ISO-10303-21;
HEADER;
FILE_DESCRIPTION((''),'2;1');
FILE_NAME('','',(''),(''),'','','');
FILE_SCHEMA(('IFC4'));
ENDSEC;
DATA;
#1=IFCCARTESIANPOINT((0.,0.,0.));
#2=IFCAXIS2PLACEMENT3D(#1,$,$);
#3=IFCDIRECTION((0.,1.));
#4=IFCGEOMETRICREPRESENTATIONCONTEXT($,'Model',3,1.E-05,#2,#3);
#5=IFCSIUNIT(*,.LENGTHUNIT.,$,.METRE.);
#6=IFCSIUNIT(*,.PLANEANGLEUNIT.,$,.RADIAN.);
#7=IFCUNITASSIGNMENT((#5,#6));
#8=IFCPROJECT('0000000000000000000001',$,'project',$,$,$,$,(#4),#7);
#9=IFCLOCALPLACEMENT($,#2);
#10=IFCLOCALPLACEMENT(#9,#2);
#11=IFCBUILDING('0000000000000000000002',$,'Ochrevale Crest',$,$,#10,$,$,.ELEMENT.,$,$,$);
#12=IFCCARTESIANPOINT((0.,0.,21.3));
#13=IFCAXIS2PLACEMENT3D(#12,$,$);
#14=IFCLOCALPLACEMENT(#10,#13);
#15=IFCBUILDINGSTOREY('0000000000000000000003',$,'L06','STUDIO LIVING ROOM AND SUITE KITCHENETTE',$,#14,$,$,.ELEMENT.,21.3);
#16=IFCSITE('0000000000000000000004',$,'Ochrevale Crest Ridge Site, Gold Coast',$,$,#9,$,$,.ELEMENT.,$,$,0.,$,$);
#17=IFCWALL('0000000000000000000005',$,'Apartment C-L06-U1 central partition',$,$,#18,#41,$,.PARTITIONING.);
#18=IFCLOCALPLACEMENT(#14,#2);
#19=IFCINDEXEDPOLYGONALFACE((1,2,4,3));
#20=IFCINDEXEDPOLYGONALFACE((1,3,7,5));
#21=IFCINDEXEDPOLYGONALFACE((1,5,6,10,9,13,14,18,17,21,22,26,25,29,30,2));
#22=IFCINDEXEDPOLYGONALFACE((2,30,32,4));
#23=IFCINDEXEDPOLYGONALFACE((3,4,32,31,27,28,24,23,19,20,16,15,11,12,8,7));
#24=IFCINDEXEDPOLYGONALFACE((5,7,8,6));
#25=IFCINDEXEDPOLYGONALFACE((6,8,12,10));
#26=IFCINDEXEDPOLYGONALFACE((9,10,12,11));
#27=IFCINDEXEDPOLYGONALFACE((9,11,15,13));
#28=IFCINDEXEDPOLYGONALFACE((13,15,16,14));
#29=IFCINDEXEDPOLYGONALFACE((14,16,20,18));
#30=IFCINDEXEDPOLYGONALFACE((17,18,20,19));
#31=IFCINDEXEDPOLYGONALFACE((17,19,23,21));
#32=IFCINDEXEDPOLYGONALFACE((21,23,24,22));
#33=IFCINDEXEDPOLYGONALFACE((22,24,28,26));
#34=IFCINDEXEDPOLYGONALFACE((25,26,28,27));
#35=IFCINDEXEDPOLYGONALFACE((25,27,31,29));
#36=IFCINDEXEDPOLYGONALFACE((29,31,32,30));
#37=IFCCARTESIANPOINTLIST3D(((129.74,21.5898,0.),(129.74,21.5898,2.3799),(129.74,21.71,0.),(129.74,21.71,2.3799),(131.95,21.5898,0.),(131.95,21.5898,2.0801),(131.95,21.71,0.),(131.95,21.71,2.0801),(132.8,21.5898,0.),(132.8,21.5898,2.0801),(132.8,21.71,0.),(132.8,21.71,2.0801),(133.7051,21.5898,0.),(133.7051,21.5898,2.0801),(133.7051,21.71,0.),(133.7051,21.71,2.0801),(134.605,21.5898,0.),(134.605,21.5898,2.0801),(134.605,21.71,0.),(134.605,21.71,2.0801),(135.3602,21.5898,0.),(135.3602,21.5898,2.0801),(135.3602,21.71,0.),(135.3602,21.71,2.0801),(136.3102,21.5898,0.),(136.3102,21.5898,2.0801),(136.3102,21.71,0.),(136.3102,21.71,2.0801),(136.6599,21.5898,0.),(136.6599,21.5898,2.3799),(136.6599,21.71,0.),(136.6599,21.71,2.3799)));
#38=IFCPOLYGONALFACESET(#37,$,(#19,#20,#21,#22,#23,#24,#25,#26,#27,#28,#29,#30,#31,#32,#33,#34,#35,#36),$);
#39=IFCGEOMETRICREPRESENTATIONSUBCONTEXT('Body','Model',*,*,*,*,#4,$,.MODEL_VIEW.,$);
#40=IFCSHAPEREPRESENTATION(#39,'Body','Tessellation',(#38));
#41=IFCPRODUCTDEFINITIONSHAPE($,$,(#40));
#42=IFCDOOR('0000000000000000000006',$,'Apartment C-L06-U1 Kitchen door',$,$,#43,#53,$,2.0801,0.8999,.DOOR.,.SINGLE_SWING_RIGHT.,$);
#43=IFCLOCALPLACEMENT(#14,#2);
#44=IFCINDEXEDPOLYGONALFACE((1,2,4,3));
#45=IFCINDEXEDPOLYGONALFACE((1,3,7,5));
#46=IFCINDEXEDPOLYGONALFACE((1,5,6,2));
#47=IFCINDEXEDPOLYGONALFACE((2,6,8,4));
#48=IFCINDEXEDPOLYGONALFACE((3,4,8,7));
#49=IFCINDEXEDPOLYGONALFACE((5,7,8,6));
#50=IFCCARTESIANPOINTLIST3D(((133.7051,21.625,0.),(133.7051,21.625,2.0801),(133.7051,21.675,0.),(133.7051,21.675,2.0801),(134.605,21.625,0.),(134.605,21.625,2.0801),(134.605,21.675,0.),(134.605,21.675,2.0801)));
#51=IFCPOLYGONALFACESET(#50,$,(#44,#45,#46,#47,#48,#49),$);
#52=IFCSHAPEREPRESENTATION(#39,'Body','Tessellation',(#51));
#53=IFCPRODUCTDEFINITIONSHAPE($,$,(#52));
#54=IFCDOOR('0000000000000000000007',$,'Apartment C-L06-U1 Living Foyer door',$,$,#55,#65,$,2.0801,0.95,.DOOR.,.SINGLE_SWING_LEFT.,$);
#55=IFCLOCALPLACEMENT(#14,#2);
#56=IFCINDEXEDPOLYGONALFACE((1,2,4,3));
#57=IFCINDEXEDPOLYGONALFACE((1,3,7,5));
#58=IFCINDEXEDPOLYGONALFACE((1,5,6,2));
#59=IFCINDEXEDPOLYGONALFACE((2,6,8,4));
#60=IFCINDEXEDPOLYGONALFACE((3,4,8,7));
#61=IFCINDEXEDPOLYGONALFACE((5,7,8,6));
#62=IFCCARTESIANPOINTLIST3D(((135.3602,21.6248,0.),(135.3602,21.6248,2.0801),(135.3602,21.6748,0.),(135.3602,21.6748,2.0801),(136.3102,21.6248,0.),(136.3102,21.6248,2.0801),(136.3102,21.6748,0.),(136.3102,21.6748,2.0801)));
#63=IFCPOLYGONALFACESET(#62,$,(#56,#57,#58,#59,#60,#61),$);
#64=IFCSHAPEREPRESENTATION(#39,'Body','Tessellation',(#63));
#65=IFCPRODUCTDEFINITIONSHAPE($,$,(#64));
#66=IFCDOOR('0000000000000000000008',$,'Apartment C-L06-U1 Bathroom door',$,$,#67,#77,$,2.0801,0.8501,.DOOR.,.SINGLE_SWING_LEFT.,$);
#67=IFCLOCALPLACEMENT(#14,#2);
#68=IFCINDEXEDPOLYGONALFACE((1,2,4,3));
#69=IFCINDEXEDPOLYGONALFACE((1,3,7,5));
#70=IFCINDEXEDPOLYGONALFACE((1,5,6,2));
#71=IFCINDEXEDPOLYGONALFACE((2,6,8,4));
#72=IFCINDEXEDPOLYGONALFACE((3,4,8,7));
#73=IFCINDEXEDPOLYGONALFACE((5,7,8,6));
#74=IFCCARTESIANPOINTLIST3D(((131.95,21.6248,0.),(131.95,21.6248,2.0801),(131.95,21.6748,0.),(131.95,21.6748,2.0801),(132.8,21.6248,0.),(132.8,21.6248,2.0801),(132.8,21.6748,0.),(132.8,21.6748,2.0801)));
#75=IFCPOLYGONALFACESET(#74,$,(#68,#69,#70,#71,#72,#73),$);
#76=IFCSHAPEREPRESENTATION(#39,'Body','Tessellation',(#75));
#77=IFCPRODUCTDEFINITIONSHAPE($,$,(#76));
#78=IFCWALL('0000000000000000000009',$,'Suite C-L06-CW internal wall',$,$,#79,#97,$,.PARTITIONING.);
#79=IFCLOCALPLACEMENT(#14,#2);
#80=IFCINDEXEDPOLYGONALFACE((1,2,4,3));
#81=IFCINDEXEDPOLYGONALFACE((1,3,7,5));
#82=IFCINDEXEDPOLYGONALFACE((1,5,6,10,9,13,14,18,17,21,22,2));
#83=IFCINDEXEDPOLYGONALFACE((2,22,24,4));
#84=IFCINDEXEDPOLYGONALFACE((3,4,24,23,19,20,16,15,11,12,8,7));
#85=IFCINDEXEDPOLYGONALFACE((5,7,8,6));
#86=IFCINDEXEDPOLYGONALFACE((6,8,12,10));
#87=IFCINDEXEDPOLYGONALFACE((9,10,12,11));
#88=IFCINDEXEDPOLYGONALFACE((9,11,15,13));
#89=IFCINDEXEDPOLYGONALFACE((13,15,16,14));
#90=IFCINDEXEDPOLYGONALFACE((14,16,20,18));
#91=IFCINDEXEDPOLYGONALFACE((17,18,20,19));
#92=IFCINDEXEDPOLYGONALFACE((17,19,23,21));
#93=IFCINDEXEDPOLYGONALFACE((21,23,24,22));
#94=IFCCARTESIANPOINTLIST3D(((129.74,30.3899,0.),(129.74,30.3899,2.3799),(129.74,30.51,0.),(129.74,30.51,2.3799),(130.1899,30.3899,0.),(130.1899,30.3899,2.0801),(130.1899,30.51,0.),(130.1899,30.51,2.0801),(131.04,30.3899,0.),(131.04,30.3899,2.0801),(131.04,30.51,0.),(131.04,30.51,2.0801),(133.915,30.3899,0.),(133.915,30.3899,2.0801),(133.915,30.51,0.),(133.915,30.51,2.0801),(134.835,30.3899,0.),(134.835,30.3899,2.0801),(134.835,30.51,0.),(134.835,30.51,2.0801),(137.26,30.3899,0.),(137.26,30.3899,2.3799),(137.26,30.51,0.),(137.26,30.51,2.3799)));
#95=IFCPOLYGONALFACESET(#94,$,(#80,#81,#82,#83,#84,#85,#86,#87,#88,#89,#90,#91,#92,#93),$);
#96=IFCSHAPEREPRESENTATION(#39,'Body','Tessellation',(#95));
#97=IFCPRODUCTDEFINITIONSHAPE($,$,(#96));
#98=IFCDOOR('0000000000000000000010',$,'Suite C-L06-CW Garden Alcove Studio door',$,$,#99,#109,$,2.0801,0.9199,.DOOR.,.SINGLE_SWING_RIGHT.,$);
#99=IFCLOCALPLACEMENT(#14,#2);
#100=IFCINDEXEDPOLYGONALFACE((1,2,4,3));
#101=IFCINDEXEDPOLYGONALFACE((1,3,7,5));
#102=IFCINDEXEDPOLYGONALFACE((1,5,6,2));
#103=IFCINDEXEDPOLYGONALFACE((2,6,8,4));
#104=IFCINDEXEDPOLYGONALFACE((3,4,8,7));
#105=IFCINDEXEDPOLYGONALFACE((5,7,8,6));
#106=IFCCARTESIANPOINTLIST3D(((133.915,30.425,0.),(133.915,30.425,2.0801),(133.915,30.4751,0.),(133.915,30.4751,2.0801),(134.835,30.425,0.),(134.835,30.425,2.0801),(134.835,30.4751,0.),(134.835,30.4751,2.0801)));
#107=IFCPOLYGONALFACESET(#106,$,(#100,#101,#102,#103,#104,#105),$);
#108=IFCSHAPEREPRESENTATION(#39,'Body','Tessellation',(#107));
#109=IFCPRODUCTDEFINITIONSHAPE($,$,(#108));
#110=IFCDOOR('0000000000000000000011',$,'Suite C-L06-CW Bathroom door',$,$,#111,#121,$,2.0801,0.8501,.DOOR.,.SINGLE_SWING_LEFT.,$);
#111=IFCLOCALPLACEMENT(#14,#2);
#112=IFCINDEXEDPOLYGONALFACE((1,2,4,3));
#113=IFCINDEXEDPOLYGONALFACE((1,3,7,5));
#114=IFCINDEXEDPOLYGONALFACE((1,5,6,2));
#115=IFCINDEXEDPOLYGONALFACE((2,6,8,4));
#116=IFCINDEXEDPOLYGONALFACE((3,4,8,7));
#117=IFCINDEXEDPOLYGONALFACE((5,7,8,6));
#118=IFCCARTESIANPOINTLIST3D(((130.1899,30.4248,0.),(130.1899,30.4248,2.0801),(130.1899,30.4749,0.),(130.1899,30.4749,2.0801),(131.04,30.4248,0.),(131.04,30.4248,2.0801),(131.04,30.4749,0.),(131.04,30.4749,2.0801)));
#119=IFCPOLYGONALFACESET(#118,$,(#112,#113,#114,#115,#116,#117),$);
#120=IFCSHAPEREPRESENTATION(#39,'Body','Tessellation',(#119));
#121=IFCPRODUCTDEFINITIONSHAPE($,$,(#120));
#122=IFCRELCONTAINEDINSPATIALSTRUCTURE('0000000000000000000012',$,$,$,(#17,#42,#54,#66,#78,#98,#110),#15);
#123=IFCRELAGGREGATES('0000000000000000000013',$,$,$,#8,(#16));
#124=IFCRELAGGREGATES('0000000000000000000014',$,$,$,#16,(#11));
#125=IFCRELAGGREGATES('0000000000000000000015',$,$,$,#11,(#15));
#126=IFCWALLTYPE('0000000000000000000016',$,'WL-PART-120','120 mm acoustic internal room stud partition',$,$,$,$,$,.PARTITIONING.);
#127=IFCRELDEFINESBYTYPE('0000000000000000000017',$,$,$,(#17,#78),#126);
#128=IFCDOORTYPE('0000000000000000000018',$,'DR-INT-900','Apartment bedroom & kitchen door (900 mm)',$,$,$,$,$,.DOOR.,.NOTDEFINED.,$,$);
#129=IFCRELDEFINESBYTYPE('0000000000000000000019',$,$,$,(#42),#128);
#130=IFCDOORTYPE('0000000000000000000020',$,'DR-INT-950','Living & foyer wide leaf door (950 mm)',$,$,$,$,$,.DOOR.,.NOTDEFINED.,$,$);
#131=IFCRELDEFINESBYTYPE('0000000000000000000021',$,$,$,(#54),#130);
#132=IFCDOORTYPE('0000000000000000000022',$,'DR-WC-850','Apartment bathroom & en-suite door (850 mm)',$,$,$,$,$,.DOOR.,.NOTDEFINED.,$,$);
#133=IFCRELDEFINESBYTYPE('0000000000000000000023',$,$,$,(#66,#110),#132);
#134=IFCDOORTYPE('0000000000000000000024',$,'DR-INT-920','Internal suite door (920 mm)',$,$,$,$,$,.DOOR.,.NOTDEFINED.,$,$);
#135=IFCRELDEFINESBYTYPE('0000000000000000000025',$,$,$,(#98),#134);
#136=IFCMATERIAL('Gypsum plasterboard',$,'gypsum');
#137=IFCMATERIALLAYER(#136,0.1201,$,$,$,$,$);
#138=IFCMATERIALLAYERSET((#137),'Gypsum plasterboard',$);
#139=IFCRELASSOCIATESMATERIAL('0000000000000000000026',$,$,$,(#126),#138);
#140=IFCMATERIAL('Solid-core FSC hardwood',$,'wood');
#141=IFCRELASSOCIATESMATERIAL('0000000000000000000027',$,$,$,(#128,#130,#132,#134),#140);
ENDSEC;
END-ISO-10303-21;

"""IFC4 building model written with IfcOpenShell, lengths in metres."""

from ifc_helpers import new_model, si_unit, direction, frame, frame_2d, origin, place, context, subcontext, project, spatial, rectangle, extrude, material, layer, layer_set, type_object, element, fill, save


model = new_model("IFC4")

# Units and contexts
model_context = context("Model", 3, precision=1e-05, world=origin(), true_north=direction((0.0, 1.0)))
body_context = subcontext(model_context, "Body", "Model", "MODEL_VIEW")
ifc_project = project(units=[si_unit("LENGTHUNIT", "METRE"), si_unit("PLANEANGLEUNIT", "RADIAN")], contexts=[model_context])

# Site, building, storey
site_placement = place(None, origin())
site = spatial("IfcSite", under=ifc_project, at=site_placement, Name="Ochrevale Crest Ridge Site, Gold Coast", CompositionType="ELEMENT", RefElevation=0.0)
building_placement = place(site_placement, origin())
building = spatial("IfcBuilding", under=site, at=building_placement, Name="Ochrevale Crest", CompositionType="ELEMENT")
storey_placement = place(building_placement, frame((0.0, 0.0, 21.3)))
storey = spatial("IfcBuildingStorey", under=building, at=storey_placement, Name="L06", Description="STUDIO LIVING ROOM AND SUITE KITCHENETTE", CompositionType="ELEMENT", Elevation=21.3)

# Shared definitions
ifc_material_1 = material(Name="Gypsum plasterboard", Category="gypsum")
ifc_material_2 = material(Name="Solid-core FSC hardwood", Category="wood")

# Walls, openings, doors
ifc_layer_1 = layer(ifc_material_1, 0.1201)
ifc_layer_set_1 = layer_set([ifc_layer_1], Name="Gypsum plasterboard")
wall_type_1 = type_object("IfcWallType", Name="WL-PART-120", Description="120 mm acoustic internal room stud partition", PredefinedType="PARTITIONING", material=ifc_layer_set_1)
wall_1_placement = place(storey_placement, frame((129.74, 21.6499, 0.0), z_axis=(0.0, 0.0, 1.0), x_axis=(1.0, 0.0, 0.0)))
wall_1 = element("IfcWall", 1, at=wall_1_placement, inside=storey, type_object=wall_type_1, Name="Apartment C-L06-U1 central partition", PredefinedType="PARTITIONING", context=body_context, shape_type="SweptSolid", body=[
    extrude(rectangle(XDim=6.9199, YDim=0.1201, at=frame_2d((3.46, 0.0))), origin(), (0.0, 0.0, 1.0), 2.3799),
])
opening_1_placement = place(wall_1_placement, frame((2.21, 0.0, 0.0)))
opening_1 = element("IfcOpeningElement", 2, at=opening_1_placement, cuts=wall_1, PredefinedType="OPENING", context=body_context, shape_type="SweptSolid", body=[
    extrude(rectangle(XDim=0.8501, YDim=2.0801, at=frame_2d((0.425, 1.04))), frame((0.0, 0.0701, 0.0), z_axis=(0.0, -1.0, 0.0), x_axis=(1.0, 0.0, 0.0)), (0.0, 0.0, 1.0), 0.1401),
])
opening_2_placement = place(wall_1_placement, frame((4.865, 0.0, 0.0), z_axis=(0.0, 0.0, 1.0), x_axis=(-1.0, 0.0, 0.0)))
opening_2 = element("IfcOpeningElement", 3, at=opening_2_placement, cuts=wall_1, PredefinedType="OPENING", context=body_context, shape_type="SweptSolid", body=[
    extrude(rectangle(XDim=0.8999, YDim=2.0801, at=frame_2d((0.45, 1.04))), frame((0.0, 0.0701, 0.0), z_axis=(0.0, -1.0, 0.0), x_axis=(1.0, 0.0, 0.0)), (0.0, 0.0, 1.0), 0.1401),
])
opening_3_placement = place(wall_1_placement, frame((5.6201, 0.0, 0.0)))
opening_3 = element("IfcOpeningElement", 4, at=opening_3_placement, cuts=wall_1, PredefinedType="OPENING", context=body_context, shape_type="SweptSolid", body=[
    extrude(rectangle(XDim=0.95, YDim=2.0801, at=frame_2d((0.4751, 1.04))), frame((0.0, 0.0701, 0.0), z_axis=(0.0, -1.0, 0.0), x_axis=(1.0, 0.0, 0.0)), (0.0, 0.0, 1.0), 0.1401),
])
door_type_1 = type_object("IfcDoorType", Name="DR-INT-900", Description="Apartment bedroom & kitchen door (900 mm)", OperationType="NOTDEFINED", PredefinedType="DOOR", material=ifc_material_2)
door_1_placement = place(opening_2_placement, origin())
door_1 = element("IfcDoor", 5, at=door_1_placement, inside=storey, type_object=door_type_1, Name="Apartment C-L06-U1 Kitchen door", OperationType="SINGLE_SWING_RIGHT", OverallHeight=2.0801, OverallWidth=0.8999, PredefinedType="DOOR", context=body_context, shape_type="SweptSolid", body=[
    extrude(rectangle(XDim=0.8999, YDim=2.0801, at=frame_2d((0.45, 1.04))), frame((0.0, 0.0249, 0.0), z_axis=(0.0, -1.0, 0.0), x_axis=(1.0, 0.0, 0.0)), (0.0, 0.0, 1.0), 0.05),
])
fill(opening_2, door_1)
door_type_2 = type_object("IfcDoorType", Name="DR-INT-950", Description="Living & foyer wide leaf door (950 mm)", OperationType="NOTDEFINED", PredefinedType="DOOR", material=ifc_material_2)
door_2_placement = place(opening_3_placement, origin())
door_2 = element("IfcDoor", 6, at=door_2_placement, inside=storey, type_object=door_type_2, Name="Apartment C-L06-U1 Living Foyer door", OperationType="SINGLE_SWING_LEFT", OverallHeight=2.0801, OverallWidth=0.95, PredefinedType="DOOR", context=body_context, shape_type="SweptSolid", body=[
    extrude(rectangle(XDim=0.95, YDim=2.0801, at=frame_2d((0.4751, 1.04))), frame((0.0, 0.0249, 0.0), z_axis=(0.0, -1.0, 0.0), x_axis=(1.0, 0.0, 0.0)), (0.0, 0.0, 1.0), 0.05),
])
fill(opening_3, door_2)
door_type_3 = type_object("IfcDoorType", Name="DR-WC-850", Description="Apartment bathroom & en-suite door (850 mm)", OperationType="NOTDEFINED", PredefinedType="DOOR", material=ifc_material_2)
door_3_placement = place(opening_1_placement, origin())
door_3 = element("IfcDoor", 7, at=door_3_placement, inside=storey, type_object=door_type_3, Name="Apartment C-L06-U1 Bathroom door", OperationType="SINGLE_SWING_LEFT", OverallHeight=2.0801, OverallWidth=0.8501, PredefinedType="DOOR", context=body_context, shape_type="SweptSolid", body=[
    extrude(rectangle(XDim=0.8501, YDim=2.0801, at=frame_2d((0.425, 1.04))), frame((0.0, 0.0249, 0.0), z_axis=(0.0, -1.0, 0.0), x_axis=(1.0, 0.0, 0.0)), (0.0, 0.0, 1.0), 0.05),
])
fill(opening_1, door_3)
wall_2_placement = place(storey_placement, frame((129.74, 30.45, 0.0), z_axis=(0.0, 0.0, 1.0), x_axis=(1.0, 0.0, 0.0)))
wall_2 = element("IfcWall", 8, at=wall_2_placement, inside=storey, type_object=wall_type_1, Name="Suite C-L06-CW internal wall", PredefinedType="PARTITIONING", context=body_context, shape_type="SweptSolid", body=[
    extrude(rectangle(XDim=7.52, YDim=0.1201, at=frame_2d((3.76, 0.0))), origin(), (0.0, 0.0, 1.0), 2.3799),
])
opening_4_placement = place(wall_2_placement, frame((0.45, 0.0, 0.0)))
opening_4 = element("IfcOpeningElement", 9, at=opening_4_placement, cuts=wall_2, PredefinedType="OPENING", context=body_context, shape_type="SweptSolid", body=[
    extrude(rectangle(XDim=0.8501, YDim=2.0801, at=frame_2d((0.425, 1.04))), frame((0.0, 0.0701, 0.0), z_axis=(0.0, -1.0, 0.0), x_axis=(1.0, 0.0, 0.0)), (0.0, 0.0, 1.0), 0.1401),
])
opening_5_placement = place(wall_2_placement, frame((5.095, 0.0, 0.0), z_axis=(0.0, 0.0, 1.0), x_axis=(-1.0, 0.0, 0.0)))
opening_5 = element("IfcOpeningElement", 10, at=opening_5_placement, cuts=wall_2, PredefinedType="OPENING", context=body_context, shape_type="SweptSolid", body=[
    extrude(rectangle(XDim=0.9199, YDim=2.0801, at=frame_2d((0.46, 1.04))), frame((0.0, 0.0701, 0.0), z_axis=(0.0, -1.0, 0.0), x_axis=(1.0, 0.0, 0.0)), (0.0, 0.0, 1.0), 0.1401),
])
door_type_4 = type_object("IfcDoorType", Name="DR-INT-920", Description="Internal suite door (920 mm)", OperationType="NOTDEFINED", PredefinedType="DOOR", material=ifc_material_2)
door_4_placement = place(opening_5_placement, origin())
door_4 = element("IfcDoor", 11, at=door_4_placement, inside=storey, type_object=door_type_4, Name="Suite C-L06-CW Garden Alcove Studio door", OperationType="SINGLE_SWING_RIGHT", OverallHeight=2.0801, OverallWidth=0.9199, PredefinedType="DOOR", context=body_context, shape_type="SweptSolid", body=[
    extrude(rectangle(XDim=0.9199, YDim=2.0801, at=frame_2d((0.46, 1.04))), frame((0.0, 0.0249, 0.0), z_axis=(0.0, -1.0, 0.0), x_axis=(1.0, 0.0, 0.0)), (0.0, 0.0, 1.0), 0.05),
])
fill(opening_5, door_4)
door_5_placement = place(opening_4_placement, origin())
door_5 = element("IfcDoor", 12, at=door_5_placement, inside=storey, type_object=door_type_3, Name="Suite C-L06-CW Bathroom door", OperationType="SINGLE_SWING_LEFT", OverallHeight=2.0801, OverallWidth=0.8501, PredefinedType="DOOR", context=body_context, shape_type="SweptSolid", body=[
    extrude(rectangle(XDim=0.8501, YDim=2.0801, at=frame_2d((0.425, 1.04))), frame((0.0, 0.0249, 0.0), z_axis=(0.0, -1.0, 0.0), x_axis=(1.0, 0.0, 0.0)), (0.0, 0.0, 1.0), 0.05),
])
fill(opening_4, door_5)

save(model, "model.ifc")
